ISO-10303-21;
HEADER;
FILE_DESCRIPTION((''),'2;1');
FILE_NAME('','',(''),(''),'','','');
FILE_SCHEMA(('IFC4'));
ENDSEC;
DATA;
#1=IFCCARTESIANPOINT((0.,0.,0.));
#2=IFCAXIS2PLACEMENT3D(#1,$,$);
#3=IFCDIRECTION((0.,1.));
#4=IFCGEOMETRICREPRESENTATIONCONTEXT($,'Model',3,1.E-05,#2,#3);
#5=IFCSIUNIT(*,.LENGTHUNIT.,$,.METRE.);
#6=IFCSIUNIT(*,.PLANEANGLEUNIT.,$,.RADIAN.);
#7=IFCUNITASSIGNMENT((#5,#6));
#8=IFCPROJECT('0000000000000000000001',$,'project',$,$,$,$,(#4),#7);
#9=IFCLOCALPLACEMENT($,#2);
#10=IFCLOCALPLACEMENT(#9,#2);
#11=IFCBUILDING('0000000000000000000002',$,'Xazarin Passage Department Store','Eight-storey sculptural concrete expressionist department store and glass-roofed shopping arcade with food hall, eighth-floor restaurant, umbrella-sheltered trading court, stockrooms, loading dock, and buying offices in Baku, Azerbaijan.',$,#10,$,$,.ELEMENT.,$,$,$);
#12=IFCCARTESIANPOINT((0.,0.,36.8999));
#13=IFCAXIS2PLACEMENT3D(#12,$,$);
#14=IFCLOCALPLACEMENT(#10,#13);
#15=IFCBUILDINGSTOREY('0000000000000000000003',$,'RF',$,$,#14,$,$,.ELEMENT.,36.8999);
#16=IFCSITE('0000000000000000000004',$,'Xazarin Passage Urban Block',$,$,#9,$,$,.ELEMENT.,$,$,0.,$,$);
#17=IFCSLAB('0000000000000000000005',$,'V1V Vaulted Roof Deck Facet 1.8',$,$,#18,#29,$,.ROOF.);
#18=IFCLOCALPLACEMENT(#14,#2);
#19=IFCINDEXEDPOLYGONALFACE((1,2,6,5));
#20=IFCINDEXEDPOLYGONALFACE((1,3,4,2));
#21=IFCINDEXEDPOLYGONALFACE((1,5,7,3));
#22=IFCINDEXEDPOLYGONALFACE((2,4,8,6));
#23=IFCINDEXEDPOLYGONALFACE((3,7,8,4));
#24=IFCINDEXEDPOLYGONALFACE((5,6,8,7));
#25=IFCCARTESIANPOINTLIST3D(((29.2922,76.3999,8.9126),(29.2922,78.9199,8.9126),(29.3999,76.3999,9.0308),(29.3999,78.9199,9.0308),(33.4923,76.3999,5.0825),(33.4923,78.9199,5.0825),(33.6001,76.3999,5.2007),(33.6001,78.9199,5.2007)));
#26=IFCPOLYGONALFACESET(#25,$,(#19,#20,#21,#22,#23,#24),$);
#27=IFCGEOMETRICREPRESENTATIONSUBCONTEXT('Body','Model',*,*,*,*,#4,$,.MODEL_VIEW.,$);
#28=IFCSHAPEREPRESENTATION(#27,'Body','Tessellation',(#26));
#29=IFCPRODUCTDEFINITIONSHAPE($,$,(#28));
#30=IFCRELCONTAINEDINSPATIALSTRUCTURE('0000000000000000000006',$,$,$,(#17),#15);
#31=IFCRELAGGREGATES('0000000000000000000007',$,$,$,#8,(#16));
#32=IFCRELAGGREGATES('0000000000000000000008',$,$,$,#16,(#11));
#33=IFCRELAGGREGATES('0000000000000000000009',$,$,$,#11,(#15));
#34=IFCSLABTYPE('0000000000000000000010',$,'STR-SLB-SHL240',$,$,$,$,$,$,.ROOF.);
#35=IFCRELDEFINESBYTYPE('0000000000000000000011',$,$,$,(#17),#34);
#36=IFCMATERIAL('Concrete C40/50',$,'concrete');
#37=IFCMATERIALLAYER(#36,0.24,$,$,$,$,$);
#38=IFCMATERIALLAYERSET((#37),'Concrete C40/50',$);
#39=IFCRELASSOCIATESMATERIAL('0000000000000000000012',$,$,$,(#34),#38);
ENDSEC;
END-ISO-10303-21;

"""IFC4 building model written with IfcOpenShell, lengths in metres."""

from ifc_helpers import new_model, si_unit, direction, frame, origin, place, context, subcontext, project, spatial, polyline, outline, extrude, material, layer, layer_set, type_object, element, save


model = new_model("IFC4")

# Units and contexts
model_context = context("Model", 3, precision=1e-05, world=origin(), true_north=direction((0.0, 1.0)))
body_context = subcontext(model_context, "Body", "Model", "MODEL_VIEW")
ifc_project = project(units=[si_unit("LENGTHUNIT", "METRE"), si_unit("PLANEANGLEUNIT", "RADIAN")], contexts=[model_context])

# Site, building, storey
site_placement = place(None, origin())
site = spatial("IfcSite", under=ifc_project, at=site_placement, Name="Xazarin Passage Urban Block", CompositionType="ELEMENT", RefElevation=0.0)
building_placement = place(site_placement, origin())
building = spatial("IfcBuilding", under=site, at=building_placement, Name="Xazarin Passage Department Store", Description="Eight-storey sculptural concrete expressionist department store and glass-roofed shopping arcade with food hall, eighth-floor restaurant, umbrella-sheltered trading court, stockrooms, loading dock, and buying offices in Baku, Azerbaijan.", CompositionType="ELEMENT")
storey_placement = place(building_placement, frame((0.0, 0.0, 36.8999)))
storey = spatial("IfcBuildingStorey", under=building, at=storey_placement, Name="RF", CompositionType="ELEMENT", Elevation=36.8999)

# Slab
ifc_material_1 = material(Name="Concrete C40/50", Category="concrete")
ifc_layer_1 = layer(ifc_material_1, 0.24)
ifc_layer_set_1 = layer_set([ifc_layer_1], Name="Concrete C40/50")
slab_type = type_object("IfcSlabType", Name="STR-SLB-SHL240", PredefinedType="ROOF", material=ifc_layer_set_1)
slab_1_placement = place(storey_placement, frame((29.3999, 76.3999, 9.0308), z_axis=(0.673801, 0.0, 0.738913), x_axis=(0.738913, 0.0, -0.673801)))
element("IfcSlab", 1, at=slab_1_placement, inside=storey, type_object=slab_type, Name="V1V Vaulted Roof Deck Facet 1.8", PredefinedType="ROOF", context=body_context, shape_type="SweptSolid", body=[
    extrude(outline(polyline([(0.0, 0.0), (5.6843, 0.0), (5.6843, 2.52), (0.0, 2.52), (0.0, 0.0)])), origin(), (0.0, 0.0, -1.0), 0.1599),
])

save(model, "model.ifc")
